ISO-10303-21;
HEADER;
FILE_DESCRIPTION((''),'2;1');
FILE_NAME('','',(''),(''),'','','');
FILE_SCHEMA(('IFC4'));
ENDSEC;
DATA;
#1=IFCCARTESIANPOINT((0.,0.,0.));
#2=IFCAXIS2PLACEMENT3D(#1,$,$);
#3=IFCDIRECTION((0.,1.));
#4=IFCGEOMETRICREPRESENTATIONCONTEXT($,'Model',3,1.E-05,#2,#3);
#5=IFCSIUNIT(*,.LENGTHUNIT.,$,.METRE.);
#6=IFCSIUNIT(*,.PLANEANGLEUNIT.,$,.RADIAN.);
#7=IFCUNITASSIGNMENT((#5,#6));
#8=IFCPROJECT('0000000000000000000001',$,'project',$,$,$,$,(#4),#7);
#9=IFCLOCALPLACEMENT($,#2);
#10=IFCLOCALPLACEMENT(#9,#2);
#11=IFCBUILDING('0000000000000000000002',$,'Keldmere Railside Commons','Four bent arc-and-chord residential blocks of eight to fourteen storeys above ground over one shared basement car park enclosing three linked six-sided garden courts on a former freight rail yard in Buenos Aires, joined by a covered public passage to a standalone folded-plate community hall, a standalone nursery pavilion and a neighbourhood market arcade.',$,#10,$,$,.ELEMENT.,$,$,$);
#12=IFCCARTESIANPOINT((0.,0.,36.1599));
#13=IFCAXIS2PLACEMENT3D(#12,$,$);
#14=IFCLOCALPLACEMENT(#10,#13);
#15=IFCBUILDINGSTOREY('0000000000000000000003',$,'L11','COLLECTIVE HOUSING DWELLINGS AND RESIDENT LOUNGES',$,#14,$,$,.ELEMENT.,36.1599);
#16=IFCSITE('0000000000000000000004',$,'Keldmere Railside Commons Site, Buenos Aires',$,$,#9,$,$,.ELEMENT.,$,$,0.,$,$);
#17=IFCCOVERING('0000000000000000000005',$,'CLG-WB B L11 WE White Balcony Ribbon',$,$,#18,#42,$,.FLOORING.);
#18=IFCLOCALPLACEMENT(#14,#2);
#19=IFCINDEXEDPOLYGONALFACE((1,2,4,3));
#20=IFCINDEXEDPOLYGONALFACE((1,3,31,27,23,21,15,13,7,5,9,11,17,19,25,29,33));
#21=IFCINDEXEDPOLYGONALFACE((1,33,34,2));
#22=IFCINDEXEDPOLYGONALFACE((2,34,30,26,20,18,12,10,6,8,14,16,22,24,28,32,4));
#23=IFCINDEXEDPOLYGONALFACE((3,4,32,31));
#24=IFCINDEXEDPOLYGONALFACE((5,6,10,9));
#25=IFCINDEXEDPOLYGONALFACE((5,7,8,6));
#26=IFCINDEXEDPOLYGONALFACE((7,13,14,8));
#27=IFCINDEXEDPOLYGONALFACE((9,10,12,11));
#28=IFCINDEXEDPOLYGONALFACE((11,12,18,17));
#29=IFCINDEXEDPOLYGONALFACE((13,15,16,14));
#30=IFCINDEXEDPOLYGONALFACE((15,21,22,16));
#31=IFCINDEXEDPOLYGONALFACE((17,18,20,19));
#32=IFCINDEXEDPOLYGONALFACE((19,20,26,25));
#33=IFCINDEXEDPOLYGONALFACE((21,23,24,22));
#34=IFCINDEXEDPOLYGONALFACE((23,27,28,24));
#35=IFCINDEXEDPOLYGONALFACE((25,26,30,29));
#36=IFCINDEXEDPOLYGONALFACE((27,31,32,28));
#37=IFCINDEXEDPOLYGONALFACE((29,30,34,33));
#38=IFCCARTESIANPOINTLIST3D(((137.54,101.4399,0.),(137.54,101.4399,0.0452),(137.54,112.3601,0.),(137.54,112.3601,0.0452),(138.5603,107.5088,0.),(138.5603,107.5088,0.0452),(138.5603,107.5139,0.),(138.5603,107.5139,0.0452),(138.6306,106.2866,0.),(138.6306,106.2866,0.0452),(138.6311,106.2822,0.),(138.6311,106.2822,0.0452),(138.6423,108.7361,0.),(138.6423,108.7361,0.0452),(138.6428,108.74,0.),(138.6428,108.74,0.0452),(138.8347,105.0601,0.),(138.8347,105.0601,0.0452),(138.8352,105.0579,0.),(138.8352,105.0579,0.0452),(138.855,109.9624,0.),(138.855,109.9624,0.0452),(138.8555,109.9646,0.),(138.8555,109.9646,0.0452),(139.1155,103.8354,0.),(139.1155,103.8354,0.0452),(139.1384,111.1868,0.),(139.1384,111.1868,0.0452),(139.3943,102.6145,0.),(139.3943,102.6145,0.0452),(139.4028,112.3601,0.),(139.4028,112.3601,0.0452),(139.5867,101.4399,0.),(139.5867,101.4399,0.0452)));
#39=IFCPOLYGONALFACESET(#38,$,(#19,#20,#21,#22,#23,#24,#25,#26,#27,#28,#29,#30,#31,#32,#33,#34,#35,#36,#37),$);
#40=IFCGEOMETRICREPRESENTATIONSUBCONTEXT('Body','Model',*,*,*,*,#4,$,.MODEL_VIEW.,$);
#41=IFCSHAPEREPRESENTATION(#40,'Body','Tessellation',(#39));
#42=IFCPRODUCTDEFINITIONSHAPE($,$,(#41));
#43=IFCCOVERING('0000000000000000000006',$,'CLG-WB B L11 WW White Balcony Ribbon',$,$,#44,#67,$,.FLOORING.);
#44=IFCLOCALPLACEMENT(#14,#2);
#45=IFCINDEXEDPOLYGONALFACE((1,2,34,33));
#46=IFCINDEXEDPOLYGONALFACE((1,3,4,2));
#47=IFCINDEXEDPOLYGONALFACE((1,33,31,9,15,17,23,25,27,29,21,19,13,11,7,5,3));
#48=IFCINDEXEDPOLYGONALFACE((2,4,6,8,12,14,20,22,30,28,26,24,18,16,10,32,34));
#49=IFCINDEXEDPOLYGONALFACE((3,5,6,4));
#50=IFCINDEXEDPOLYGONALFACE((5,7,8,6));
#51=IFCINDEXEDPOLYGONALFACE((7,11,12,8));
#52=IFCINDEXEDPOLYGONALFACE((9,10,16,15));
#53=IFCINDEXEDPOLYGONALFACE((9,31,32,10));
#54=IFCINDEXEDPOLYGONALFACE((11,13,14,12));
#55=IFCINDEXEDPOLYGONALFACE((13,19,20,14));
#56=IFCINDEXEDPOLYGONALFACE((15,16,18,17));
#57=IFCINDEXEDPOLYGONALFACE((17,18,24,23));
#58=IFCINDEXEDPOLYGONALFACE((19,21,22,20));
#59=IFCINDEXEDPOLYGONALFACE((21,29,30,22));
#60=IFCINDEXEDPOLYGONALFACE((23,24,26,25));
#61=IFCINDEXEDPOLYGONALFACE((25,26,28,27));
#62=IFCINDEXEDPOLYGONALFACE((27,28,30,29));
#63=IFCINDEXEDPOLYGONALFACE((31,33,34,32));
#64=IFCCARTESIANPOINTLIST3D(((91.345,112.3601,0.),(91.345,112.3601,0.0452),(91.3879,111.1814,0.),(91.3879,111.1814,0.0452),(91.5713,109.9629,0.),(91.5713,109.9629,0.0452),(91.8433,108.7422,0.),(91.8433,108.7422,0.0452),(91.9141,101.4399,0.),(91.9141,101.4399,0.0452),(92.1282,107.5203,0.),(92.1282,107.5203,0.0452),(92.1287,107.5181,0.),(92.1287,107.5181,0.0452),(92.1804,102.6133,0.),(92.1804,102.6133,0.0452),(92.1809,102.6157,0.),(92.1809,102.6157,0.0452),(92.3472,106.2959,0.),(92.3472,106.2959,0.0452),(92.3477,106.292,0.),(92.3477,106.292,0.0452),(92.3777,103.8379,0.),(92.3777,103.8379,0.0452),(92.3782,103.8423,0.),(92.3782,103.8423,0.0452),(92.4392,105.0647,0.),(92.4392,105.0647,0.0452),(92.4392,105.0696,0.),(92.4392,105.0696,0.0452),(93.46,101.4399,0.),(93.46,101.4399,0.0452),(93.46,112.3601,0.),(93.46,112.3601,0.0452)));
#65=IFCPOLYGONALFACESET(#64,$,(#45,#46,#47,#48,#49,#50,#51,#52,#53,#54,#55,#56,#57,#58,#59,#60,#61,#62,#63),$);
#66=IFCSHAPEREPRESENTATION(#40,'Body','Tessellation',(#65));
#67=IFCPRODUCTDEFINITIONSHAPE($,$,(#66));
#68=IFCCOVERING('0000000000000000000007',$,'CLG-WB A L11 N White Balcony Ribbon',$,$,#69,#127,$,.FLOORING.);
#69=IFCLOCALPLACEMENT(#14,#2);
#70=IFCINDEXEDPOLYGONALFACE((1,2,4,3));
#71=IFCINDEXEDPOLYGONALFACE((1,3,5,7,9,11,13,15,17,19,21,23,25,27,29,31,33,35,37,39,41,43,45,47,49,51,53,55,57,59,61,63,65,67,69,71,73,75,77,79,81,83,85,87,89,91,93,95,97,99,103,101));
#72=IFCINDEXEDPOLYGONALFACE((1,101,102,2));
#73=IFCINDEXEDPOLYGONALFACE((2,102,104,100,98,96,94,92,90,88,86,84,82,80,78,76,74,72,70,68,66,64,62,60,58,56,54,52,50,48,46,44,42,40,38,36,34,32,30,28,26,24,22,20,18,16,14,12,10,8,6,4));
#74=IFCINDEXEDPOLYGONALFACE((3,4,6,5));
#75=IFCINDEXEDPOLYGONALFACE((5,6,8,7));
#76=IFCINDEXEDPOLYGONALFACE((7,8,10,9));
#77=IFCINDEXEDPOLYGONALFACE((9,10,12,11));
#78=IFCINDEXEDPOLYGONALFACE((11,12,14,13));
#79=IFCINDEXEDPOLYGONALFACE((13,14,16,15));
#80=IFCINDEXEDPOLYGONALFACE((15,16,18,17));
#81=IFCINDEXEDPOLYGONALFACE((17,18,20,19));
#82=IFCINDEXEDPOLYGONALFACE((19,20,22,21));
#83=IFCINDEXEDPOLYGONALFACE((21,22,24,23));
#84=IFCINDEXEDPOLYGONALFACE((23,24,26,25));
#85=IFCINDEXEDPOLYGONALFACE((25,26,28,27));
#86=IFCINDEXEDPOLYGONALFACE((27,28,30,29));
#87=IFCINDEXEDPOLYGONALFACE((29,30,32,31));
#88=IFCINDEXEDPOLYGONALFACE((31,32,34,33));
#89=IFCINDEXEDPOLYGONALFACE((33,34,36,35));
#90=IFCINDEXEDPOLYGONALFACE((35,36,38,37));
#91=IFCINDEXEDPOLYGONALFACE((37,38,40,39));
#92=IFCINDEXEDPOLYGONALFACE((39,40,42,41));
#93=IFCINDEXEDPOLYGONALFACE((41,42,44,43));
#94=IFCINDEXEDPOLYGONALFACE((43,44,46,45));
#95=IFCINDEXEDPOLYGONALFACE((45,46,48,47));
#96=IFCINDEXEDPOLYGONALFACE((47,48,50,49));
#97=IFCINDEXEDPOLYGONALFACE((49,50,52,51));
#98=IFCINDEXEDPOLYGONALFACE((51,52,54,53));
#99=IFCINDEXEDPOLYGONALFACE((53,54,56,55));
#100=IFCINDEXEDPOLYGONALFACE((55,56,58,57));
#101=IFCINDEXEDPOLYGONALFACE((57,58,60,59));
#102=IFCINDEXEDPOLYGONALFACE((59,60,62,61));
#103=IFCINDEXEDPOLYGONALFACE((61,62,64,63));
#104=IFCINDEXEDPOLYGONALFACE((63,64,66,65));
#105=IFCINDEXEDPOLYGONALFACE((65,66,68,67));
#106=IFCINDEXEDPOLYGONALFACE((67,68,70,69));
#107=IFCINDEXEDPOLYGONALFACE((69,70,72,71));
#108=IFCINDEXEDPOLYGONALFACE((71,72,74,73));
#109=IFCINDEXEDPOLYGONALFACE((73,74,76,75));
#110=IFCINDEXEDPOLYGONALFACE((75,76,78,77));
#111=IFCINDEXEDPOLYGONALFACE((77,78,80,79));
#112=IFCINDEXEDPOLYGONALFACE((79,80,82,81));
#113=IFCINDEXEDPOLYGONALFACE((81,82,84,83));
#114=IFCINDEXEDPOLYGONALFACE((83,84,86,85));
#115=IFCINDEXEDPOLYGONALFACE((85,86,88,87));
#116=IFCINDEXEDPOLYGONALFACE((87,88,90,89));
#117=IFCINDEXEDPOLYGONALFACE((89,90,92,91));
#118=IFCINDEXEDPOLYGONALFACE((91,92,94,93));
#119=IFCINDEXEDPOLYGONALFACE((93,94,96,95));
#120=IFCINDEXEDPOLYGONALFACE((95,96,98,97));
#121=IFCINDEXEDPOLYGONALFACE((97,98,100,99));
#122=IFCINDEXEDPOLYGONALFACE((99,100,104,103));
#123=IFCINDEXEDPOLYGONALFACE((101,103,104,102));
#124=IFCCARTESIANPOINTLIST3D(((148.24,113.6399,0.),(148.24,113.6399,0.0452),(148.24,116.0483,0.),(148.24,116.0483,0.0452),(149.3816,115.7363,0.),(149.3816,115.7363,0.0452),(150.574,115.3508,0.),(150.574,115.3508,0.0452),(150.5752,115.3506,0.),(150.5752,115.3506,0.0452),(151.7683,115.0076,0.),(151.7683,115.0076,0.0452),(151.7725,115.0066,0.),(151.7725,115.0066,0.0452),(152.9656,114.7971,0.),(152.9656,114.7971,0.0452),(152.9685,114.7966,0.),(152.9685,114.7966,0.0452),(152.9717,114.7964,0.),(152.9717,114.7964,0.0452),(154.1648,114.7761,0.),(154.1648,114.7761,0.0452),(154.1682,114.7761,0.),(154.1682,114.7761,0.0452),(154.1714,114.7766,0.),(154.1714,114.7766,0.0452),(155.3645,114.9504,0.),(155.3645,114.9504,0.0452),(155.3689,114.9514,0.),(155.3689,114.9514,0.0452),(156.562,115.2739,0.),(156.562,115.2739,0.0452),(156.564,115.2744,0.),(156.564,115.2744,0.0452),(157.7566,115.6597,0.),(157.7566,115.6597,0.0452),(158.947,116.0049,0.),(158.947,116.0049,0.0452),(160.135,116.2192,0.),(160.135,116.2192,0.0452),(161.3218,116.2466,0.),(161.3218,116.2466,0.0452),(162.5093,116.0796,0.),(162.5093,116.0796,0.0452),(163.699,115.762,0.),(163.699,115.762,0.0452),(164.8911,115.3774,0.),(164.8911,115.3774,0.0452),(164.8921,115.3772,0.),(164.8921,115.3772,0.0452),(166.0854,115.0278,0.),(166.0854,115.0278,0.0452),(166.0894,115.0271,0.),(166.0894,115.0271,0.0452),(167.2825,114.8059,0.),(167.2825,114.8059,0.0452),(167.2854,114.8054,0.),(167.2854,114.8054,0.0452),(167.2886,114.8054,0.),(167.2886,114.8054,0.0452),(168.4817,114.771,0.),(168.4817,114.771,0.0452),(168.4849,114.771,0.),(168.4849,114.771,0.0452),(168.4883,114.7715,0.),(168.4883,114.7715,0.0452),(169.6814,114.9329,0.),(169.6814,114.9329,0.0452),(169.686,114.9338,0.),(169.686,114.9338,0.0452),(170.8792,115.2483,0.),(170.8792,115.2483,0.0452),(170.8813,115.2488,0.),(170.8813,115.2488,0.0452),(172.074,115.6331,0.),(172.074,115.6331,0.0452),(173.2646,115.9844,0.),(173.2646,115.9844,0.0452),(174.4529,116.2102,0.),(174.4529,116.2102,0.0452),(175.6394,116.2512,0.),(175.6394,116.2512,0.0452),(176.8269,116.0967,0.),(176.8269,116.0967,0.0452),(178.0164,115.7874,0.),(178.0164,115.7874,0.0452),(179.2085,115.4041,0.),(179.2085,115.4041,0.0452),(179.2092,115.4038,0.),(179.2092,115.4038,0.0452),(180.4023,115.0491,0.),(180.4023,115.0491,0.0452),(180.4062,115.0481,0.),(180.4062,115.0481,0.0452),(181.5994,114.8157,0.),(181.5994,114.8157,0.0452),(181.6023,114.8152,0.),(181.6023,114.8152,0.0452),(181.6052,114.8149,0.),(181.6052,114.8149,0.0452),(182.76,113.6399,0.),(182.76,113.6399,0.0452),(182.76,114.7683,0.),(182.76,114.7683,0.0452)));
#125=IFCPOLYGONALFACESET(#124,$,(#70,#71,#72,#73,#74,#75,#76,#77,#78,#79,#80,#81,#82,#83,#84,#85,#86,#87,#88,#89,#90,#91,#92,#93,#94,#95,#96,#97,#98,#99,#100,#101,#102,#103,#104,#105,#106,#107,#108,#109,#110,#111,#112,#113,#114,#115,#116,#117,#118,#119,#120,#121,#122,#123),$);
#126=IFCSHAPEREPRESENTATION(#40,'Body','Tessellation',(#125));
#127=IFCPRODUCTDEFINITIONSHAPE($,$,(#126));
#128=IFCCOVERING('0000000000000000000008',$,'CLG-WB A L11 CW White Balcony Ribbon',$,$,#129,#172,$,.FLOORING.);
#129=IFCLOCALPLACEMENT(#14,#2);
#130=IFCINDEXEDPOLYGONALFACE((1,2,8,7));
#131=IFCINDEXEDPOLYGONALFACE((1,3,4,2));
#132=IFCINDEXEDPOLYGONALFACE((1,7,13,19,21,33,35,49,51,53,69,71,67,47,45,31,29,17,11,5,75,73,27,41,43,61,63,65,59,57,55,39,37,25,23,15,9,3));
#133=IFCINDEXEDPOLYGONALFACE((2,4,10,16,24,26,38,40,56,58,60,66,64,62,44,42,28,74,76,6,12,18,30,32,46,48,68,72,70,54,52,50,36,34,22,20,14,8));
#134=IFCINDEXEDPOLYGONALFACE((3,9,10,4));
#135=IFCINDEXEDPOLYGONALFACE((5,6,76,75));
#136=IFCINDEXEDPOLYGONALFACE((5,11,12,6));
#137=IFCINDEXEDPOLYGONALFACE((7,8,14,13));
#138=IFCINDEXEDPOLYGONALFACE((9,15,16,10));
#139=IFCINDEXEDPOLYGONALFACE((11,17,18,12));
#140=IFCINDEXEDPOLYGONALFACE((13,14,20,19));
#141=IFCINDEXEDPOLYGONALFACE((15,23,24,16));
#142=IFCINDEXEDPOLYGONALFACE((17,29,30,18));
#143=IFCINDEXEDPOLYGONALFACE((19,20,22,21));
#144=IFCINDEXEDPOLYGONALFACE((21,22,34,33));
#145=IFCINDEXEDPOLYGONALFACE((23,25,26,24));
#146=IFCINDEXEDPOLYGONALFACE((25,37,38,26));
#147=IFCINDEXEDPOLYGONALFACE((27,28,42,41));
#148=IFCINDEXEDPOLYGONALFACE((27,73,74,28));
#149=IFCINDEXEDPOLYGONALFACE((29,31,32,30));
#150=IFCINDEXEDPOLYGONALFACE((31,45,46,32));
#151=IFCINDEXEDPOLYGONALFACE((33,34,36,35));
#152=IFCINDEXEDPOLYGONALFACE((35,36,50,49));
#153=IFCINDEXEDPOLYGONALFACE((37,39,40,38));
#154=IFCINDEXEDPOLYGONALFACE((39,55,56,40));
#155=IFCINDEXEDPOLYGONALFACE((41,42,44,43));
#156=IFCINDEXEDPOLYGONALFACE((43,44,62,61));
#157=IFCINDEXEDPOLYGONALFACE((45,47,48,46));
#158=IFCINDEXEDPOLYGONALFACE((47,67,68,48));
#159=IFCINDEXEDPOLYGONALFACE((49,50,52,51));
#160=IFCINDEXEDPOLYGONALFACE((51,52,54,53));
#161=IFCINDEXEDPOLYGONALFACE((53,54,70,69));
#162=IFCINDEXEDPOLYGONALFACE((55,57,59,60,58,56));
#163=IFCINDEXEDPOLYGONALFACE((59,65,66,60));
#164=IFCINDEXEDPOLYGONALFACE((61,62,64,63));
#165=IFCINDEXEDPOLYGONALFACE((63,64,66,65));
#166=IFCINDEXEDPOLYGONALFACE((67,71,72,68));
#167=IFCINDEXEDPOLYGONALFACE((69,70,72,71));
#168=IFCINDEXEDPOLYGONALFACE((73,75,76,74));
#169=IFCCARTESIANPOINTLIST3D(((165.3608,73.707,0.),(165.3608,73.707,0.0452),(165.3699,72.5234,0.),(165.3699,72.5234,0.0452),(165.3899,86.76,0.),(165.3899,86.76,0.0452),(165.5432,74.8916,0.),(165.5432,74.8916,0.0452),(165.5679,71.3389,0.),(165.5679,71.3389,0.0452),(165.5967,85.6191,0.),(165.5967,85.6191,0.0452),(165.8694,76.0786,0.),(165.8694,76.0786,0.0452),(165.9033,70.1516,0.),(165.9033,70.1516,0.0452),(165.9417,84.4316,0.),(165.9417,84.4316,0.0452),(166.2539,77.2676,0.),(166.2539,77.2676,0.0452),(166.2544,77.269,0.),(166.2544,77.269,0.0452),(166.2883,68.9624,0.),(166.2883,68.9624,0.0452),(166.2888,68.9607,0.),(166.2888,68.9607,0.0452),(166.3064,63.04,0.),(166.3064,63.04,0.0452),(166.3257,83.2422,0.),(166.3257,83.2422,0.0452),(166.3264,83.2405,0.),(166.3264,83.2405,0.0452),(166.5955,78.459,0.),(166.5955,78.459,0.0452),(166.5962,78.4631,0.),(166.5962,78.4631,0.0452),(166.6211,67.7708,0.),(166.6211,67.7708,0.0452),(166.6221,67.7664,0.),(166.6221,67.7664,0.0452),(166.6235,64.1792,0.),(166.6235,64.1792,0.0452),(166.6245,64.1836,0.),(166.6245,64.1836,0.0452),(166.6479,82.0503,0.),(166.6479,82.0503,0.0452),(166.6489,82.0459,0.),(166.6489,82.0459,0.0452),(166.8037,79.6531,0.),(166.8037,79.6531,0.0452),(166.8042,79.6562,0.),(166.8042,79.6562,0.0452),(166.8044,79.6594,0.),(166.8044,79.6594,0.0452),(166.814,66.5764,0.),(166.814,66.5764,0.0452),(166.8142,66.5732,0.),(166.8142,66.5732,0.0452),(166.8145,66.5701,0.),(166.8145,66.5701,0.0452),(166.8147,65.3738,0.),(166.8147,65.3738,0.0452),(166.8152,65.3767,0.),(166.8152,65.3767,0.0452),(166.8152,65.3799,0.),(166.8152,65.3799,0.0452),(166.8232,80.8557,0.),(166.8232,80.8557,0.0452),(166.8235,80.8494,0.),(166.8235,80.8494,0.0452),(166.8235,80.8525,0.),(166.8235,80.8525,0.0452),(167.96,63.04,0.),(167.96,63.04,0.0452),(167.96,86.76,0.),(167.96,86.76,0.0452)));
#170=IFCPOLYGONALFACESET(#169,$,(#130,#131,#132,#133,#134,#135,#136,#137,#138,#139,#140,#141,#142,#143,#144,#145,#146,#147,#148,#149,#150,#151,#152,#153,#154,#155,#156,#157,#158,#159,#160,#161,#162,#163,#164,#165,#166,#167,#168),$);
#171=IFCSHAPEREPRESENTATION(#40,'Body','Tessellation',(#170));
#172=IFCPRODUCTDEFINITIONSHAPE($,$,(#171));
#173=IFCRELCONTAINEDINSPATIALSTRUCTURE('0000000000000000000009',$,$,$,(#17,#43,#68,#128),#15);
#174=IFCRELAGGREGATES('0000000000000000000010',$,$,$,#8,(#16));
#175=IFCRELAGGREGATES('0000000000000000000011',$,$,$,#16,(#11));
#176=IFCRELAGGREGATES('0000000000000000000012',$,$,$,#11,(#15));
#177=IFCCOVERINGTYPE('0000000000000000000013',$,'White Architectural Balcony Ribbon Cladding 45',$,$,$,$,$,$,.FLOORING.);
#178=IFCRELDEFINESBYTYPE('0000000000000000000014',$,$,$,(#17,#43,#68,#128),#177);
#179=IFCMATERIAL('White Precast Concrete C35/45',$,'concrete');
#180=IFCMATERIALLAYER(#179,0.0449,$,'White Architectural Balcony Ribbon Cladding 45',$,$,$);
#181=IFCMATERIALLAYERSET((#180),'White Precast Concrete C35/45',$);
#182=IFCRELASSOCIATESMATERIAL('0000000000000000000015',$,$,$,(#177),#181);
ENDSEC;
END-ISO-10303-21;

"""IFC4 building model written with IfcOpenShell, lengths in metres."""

from ifc_helpers import new_model, si_unit, direction, frame, origin, place, context, subcontext, project, spatial, polyline, outline, extrude, material, layer, layer_set, type_object, element, save


model = new_model("IFC4")

# Units and contexts
model_context = context("Model", 3, precision=1e-05, world=origin(), true_north=direction((0.0, 1.0)))
body_context = subcontext(model_context, "Body", "Model", "MODEL_VIEW")
ifc_project = project(units=[si_unit("LENGTHUNIT", "METRE"), si_unit("PLANEANGLEUNIT", "RADIAN")], contexts=[model_context])

# Site, building, storey
site_placement = place(None, origin())
site = spatial("IfcSite", under=ifc_project, at=site_placement, Name="Keldmere Railside Commons Site, Buenos Aires", CompositionType="ELEMENT", RefElevation=0.0)
building_placement = place(site_placement, origin())
building = spatial("IfcBuilding", under=site, at=building_placement, Name="Keldmere Railside Commons", Description="Four bent arc-and-chord residential blocks of eight to fourteen storeys above ground over one shared basement car park enclosing three linked six-sided garden courts on a former freight rail yard in Buenos Aires, joined by a covered public passage to a standalone folded-plate community hall, a standalone nursery pavilion and a neighbourhood market arcade.", CompositionType="ELEMENT")
storey_placement = place(building_placement, frame((0.0, 0.0, 36.1599)))
storey = spatial("IfcBuildingStorey", under=building, at=storey_placement, Name="L11", Description="COLLECTIVE HOUSING DWELLINGS AND RESIDENT LOUNGES", CompositionType="ELEMENT", Elevation=36.1599)

# Coverings
ifc_material_1 = material(Name="White Precast Concrete C35/45", Category="concrete")
ifc_layer_1 = layer(ifc_material_1, 0.0449, Name="White Architectural Balcony Ribbon Cladding 45")
ifc_layer_set_1 = layer_set([ifc_layer_1], Name="White Precast Concrete C35/45")
covering_type = type_object("IfcCoveringType", Name="White Architectural Balcony Ribbon Cladding 45", PredefinedType="FLOORING", material=ifc_layer_set_1)
covering_1_placement = place(storey_placement, origin())
element("IfcCovering", 1, at=covering_1_placement, inside=storey, type_object=covering_type, Name="CLG-WB B L11 WE White Balcony Ribbon", PredefinedType="FLOORING", context=body_context, shape_type="SweptSolid", body=[
    extrude(outline(polyline([(139.3943, 102.6145), (139.1155, 103.8354), (138.8352, 105.0579), (138.8347, 105.0601), (138.6311, 106.2822), (138.6306, 106.2866), (138.5603, 107.5088), (138.5603, 107.5139), (138.6423, 108.7361), (138.6428, 108.74), (138.855, 109.9624), (138.8555, 109.9646), (139.1384, 111.1868), (139.4028, 112.3601), (137.54, 112.3601), (137.54, 101.4399), (139.5867, 101.4399), (139.3943, 102.6145)])), origin(), (0.0, 0.0, 1.0), 0.0452),
])
covering_2_placement = place(storey_placement, origin())
element("IfcCovering", 2, at=covering_2_placement, inside=storey, type_object=covering_type, Name="CLG-WB B L11 WW White Balcony Ribbon", PredefinedType="FLOORING", context=body_context, shape_type="SweptSolid", body=[
    extrude(outline(polyline([(93.46, 112.3601), (91.345, 112.3601), (91.3879, 111.1814), (91.5713, 109.9629), (91.8433, 108.7422), (92.1282, 107.5203), (92.1287, 107.5181), (92.3472, 106.2959), (92.3477, 106.292), (92.4392, 105.0696), (92.4392, 105.0647), (92.3782, 103.8423), (92.3777, 103.8379), (92.1809, 102.6157), (92.1804, 102.6133), (91.9141, 101.4399), (93.46, 101.4399), (93.46, 112.3601)])), origin(), (0.0, 0.0, 1.0), 0.0452),
])
covering_3_placement = place(storey_placement, origin())
element("IfcCovering", 3, at=covering_3_placement, inside=storey, type_object=covering_type, Name="CLG-WB A L11 N White Balcony Ribbon", PredefinedType="FLOORING", context=body_context, shape_type="SweptSolid", body=[
    extrude(outline(polyline([(182.76, 113.6399), (182.76, 114.7683), (181.6052, 114.8149), (181.6023, 114.8152), (181.5994, 114.8157), (180.4062, 115.0481), (180.4023, 115.0491), (179.2092, 115.4038), (179.2085, 115.4041), (178.0164, 115.7874), (176.8269, 116.0967), (175.6394, 116.2512), (174.4529, 116.2102), (173.2646, 115.9844), (172.074, 115.6331), (170.8813, 115.2488), (170.8792, 115.2483), (169.686, 114.9338), (169.6814, 114.9329), (168.4883, 114.7715), (168.4849, 114.771), (168.4817, 114.771), (167.2886, 114.8054), (167.2854, 114.8054), (167.2825, 114.8059), (166.0894, 115.0271), (166.0854, 115.0278), (164.8921, 115.3772), (164.8911, 115.3774), (163.699, 115.762), (162.5093, 116.0796), (161.3218, 116.2466), (160.135, 116.2192), (158.947, 116.0049), (157.7566, 115.6597), (156.564, 115.2744), (156.562, 115.2739), (155.3689, 114.9514), (155.3645, 114.9504), (154.1714, 114.7766), (154.1682, 114.7761), (154.1648, 114.7761), (152.9717, 114.7964), (152.9685, 114.7966), (152.9656, 114.7971), (151.7725, 115.0066), (151.7683, 115.0076), (150.5752, 115.3506), (150.574, 115.3508), (149.3816, 115.7363), (148.24, 116.0483), (148.24, 113.6399), (182.76, 113.6399)])), origin(), (0.0, 0.0, 1.0), 0.0452),
])
covering_4_placement = place(storey_placement, origin())
element("IfcCovering", 4, at=covering_4_placement, inside=storey, type_object=covering_type, Name="CLG-WB A L11 CW White Balcony Ribbon", PredefinedType="FLOORING", context=body_context, shape_type="SweptSolid", body=[
    extrude(outline(polyline([(167.96, 86.76), (165.3899, 86.76), (165.5967, 85.6191), (165.9417, 84.4316), (166.3257, 83.2422), (166.3264, 83.2405), (166.6479, 82.0503), (166.6489, 82.0459), (166.8232, 80.8557), (166.8235, 80.8525), (166.8235, 80.8494), (166.8044, 79.6594), (166.8042, 79.6562), (166.8037, 79.6531), (166.5962, 78.4631), (166.5955, 78.459), (166.2544, 77.269), (166.2539, 77.2676), (165.8694, 76.0786), (165.5432, 74.8916), (165.3608, 73.707), (165.3699, 72.5234), (165.5679, 71.3389), (165.9033, 70.1516), (166.2883, 68.9624), (166.2888, 68.9607), (166.6211, 67.7708), (166.6221, 67.7664), (166.814, 66.5764), (166.8142, 66.5732), (166.8145, 66.5701), (166.8152, 65.3799), (166.8152, 65.3767), (166.8147, 65.3738), (166.6245, 64.1836), (166.6235, 64.1792), (166.3064, 63.04), (167.96, 63.04), (167.96, 86.76)])), origin(), (0.0, 0.0, 1.0), 0.0452),
])

save(model, "model.ifc")
